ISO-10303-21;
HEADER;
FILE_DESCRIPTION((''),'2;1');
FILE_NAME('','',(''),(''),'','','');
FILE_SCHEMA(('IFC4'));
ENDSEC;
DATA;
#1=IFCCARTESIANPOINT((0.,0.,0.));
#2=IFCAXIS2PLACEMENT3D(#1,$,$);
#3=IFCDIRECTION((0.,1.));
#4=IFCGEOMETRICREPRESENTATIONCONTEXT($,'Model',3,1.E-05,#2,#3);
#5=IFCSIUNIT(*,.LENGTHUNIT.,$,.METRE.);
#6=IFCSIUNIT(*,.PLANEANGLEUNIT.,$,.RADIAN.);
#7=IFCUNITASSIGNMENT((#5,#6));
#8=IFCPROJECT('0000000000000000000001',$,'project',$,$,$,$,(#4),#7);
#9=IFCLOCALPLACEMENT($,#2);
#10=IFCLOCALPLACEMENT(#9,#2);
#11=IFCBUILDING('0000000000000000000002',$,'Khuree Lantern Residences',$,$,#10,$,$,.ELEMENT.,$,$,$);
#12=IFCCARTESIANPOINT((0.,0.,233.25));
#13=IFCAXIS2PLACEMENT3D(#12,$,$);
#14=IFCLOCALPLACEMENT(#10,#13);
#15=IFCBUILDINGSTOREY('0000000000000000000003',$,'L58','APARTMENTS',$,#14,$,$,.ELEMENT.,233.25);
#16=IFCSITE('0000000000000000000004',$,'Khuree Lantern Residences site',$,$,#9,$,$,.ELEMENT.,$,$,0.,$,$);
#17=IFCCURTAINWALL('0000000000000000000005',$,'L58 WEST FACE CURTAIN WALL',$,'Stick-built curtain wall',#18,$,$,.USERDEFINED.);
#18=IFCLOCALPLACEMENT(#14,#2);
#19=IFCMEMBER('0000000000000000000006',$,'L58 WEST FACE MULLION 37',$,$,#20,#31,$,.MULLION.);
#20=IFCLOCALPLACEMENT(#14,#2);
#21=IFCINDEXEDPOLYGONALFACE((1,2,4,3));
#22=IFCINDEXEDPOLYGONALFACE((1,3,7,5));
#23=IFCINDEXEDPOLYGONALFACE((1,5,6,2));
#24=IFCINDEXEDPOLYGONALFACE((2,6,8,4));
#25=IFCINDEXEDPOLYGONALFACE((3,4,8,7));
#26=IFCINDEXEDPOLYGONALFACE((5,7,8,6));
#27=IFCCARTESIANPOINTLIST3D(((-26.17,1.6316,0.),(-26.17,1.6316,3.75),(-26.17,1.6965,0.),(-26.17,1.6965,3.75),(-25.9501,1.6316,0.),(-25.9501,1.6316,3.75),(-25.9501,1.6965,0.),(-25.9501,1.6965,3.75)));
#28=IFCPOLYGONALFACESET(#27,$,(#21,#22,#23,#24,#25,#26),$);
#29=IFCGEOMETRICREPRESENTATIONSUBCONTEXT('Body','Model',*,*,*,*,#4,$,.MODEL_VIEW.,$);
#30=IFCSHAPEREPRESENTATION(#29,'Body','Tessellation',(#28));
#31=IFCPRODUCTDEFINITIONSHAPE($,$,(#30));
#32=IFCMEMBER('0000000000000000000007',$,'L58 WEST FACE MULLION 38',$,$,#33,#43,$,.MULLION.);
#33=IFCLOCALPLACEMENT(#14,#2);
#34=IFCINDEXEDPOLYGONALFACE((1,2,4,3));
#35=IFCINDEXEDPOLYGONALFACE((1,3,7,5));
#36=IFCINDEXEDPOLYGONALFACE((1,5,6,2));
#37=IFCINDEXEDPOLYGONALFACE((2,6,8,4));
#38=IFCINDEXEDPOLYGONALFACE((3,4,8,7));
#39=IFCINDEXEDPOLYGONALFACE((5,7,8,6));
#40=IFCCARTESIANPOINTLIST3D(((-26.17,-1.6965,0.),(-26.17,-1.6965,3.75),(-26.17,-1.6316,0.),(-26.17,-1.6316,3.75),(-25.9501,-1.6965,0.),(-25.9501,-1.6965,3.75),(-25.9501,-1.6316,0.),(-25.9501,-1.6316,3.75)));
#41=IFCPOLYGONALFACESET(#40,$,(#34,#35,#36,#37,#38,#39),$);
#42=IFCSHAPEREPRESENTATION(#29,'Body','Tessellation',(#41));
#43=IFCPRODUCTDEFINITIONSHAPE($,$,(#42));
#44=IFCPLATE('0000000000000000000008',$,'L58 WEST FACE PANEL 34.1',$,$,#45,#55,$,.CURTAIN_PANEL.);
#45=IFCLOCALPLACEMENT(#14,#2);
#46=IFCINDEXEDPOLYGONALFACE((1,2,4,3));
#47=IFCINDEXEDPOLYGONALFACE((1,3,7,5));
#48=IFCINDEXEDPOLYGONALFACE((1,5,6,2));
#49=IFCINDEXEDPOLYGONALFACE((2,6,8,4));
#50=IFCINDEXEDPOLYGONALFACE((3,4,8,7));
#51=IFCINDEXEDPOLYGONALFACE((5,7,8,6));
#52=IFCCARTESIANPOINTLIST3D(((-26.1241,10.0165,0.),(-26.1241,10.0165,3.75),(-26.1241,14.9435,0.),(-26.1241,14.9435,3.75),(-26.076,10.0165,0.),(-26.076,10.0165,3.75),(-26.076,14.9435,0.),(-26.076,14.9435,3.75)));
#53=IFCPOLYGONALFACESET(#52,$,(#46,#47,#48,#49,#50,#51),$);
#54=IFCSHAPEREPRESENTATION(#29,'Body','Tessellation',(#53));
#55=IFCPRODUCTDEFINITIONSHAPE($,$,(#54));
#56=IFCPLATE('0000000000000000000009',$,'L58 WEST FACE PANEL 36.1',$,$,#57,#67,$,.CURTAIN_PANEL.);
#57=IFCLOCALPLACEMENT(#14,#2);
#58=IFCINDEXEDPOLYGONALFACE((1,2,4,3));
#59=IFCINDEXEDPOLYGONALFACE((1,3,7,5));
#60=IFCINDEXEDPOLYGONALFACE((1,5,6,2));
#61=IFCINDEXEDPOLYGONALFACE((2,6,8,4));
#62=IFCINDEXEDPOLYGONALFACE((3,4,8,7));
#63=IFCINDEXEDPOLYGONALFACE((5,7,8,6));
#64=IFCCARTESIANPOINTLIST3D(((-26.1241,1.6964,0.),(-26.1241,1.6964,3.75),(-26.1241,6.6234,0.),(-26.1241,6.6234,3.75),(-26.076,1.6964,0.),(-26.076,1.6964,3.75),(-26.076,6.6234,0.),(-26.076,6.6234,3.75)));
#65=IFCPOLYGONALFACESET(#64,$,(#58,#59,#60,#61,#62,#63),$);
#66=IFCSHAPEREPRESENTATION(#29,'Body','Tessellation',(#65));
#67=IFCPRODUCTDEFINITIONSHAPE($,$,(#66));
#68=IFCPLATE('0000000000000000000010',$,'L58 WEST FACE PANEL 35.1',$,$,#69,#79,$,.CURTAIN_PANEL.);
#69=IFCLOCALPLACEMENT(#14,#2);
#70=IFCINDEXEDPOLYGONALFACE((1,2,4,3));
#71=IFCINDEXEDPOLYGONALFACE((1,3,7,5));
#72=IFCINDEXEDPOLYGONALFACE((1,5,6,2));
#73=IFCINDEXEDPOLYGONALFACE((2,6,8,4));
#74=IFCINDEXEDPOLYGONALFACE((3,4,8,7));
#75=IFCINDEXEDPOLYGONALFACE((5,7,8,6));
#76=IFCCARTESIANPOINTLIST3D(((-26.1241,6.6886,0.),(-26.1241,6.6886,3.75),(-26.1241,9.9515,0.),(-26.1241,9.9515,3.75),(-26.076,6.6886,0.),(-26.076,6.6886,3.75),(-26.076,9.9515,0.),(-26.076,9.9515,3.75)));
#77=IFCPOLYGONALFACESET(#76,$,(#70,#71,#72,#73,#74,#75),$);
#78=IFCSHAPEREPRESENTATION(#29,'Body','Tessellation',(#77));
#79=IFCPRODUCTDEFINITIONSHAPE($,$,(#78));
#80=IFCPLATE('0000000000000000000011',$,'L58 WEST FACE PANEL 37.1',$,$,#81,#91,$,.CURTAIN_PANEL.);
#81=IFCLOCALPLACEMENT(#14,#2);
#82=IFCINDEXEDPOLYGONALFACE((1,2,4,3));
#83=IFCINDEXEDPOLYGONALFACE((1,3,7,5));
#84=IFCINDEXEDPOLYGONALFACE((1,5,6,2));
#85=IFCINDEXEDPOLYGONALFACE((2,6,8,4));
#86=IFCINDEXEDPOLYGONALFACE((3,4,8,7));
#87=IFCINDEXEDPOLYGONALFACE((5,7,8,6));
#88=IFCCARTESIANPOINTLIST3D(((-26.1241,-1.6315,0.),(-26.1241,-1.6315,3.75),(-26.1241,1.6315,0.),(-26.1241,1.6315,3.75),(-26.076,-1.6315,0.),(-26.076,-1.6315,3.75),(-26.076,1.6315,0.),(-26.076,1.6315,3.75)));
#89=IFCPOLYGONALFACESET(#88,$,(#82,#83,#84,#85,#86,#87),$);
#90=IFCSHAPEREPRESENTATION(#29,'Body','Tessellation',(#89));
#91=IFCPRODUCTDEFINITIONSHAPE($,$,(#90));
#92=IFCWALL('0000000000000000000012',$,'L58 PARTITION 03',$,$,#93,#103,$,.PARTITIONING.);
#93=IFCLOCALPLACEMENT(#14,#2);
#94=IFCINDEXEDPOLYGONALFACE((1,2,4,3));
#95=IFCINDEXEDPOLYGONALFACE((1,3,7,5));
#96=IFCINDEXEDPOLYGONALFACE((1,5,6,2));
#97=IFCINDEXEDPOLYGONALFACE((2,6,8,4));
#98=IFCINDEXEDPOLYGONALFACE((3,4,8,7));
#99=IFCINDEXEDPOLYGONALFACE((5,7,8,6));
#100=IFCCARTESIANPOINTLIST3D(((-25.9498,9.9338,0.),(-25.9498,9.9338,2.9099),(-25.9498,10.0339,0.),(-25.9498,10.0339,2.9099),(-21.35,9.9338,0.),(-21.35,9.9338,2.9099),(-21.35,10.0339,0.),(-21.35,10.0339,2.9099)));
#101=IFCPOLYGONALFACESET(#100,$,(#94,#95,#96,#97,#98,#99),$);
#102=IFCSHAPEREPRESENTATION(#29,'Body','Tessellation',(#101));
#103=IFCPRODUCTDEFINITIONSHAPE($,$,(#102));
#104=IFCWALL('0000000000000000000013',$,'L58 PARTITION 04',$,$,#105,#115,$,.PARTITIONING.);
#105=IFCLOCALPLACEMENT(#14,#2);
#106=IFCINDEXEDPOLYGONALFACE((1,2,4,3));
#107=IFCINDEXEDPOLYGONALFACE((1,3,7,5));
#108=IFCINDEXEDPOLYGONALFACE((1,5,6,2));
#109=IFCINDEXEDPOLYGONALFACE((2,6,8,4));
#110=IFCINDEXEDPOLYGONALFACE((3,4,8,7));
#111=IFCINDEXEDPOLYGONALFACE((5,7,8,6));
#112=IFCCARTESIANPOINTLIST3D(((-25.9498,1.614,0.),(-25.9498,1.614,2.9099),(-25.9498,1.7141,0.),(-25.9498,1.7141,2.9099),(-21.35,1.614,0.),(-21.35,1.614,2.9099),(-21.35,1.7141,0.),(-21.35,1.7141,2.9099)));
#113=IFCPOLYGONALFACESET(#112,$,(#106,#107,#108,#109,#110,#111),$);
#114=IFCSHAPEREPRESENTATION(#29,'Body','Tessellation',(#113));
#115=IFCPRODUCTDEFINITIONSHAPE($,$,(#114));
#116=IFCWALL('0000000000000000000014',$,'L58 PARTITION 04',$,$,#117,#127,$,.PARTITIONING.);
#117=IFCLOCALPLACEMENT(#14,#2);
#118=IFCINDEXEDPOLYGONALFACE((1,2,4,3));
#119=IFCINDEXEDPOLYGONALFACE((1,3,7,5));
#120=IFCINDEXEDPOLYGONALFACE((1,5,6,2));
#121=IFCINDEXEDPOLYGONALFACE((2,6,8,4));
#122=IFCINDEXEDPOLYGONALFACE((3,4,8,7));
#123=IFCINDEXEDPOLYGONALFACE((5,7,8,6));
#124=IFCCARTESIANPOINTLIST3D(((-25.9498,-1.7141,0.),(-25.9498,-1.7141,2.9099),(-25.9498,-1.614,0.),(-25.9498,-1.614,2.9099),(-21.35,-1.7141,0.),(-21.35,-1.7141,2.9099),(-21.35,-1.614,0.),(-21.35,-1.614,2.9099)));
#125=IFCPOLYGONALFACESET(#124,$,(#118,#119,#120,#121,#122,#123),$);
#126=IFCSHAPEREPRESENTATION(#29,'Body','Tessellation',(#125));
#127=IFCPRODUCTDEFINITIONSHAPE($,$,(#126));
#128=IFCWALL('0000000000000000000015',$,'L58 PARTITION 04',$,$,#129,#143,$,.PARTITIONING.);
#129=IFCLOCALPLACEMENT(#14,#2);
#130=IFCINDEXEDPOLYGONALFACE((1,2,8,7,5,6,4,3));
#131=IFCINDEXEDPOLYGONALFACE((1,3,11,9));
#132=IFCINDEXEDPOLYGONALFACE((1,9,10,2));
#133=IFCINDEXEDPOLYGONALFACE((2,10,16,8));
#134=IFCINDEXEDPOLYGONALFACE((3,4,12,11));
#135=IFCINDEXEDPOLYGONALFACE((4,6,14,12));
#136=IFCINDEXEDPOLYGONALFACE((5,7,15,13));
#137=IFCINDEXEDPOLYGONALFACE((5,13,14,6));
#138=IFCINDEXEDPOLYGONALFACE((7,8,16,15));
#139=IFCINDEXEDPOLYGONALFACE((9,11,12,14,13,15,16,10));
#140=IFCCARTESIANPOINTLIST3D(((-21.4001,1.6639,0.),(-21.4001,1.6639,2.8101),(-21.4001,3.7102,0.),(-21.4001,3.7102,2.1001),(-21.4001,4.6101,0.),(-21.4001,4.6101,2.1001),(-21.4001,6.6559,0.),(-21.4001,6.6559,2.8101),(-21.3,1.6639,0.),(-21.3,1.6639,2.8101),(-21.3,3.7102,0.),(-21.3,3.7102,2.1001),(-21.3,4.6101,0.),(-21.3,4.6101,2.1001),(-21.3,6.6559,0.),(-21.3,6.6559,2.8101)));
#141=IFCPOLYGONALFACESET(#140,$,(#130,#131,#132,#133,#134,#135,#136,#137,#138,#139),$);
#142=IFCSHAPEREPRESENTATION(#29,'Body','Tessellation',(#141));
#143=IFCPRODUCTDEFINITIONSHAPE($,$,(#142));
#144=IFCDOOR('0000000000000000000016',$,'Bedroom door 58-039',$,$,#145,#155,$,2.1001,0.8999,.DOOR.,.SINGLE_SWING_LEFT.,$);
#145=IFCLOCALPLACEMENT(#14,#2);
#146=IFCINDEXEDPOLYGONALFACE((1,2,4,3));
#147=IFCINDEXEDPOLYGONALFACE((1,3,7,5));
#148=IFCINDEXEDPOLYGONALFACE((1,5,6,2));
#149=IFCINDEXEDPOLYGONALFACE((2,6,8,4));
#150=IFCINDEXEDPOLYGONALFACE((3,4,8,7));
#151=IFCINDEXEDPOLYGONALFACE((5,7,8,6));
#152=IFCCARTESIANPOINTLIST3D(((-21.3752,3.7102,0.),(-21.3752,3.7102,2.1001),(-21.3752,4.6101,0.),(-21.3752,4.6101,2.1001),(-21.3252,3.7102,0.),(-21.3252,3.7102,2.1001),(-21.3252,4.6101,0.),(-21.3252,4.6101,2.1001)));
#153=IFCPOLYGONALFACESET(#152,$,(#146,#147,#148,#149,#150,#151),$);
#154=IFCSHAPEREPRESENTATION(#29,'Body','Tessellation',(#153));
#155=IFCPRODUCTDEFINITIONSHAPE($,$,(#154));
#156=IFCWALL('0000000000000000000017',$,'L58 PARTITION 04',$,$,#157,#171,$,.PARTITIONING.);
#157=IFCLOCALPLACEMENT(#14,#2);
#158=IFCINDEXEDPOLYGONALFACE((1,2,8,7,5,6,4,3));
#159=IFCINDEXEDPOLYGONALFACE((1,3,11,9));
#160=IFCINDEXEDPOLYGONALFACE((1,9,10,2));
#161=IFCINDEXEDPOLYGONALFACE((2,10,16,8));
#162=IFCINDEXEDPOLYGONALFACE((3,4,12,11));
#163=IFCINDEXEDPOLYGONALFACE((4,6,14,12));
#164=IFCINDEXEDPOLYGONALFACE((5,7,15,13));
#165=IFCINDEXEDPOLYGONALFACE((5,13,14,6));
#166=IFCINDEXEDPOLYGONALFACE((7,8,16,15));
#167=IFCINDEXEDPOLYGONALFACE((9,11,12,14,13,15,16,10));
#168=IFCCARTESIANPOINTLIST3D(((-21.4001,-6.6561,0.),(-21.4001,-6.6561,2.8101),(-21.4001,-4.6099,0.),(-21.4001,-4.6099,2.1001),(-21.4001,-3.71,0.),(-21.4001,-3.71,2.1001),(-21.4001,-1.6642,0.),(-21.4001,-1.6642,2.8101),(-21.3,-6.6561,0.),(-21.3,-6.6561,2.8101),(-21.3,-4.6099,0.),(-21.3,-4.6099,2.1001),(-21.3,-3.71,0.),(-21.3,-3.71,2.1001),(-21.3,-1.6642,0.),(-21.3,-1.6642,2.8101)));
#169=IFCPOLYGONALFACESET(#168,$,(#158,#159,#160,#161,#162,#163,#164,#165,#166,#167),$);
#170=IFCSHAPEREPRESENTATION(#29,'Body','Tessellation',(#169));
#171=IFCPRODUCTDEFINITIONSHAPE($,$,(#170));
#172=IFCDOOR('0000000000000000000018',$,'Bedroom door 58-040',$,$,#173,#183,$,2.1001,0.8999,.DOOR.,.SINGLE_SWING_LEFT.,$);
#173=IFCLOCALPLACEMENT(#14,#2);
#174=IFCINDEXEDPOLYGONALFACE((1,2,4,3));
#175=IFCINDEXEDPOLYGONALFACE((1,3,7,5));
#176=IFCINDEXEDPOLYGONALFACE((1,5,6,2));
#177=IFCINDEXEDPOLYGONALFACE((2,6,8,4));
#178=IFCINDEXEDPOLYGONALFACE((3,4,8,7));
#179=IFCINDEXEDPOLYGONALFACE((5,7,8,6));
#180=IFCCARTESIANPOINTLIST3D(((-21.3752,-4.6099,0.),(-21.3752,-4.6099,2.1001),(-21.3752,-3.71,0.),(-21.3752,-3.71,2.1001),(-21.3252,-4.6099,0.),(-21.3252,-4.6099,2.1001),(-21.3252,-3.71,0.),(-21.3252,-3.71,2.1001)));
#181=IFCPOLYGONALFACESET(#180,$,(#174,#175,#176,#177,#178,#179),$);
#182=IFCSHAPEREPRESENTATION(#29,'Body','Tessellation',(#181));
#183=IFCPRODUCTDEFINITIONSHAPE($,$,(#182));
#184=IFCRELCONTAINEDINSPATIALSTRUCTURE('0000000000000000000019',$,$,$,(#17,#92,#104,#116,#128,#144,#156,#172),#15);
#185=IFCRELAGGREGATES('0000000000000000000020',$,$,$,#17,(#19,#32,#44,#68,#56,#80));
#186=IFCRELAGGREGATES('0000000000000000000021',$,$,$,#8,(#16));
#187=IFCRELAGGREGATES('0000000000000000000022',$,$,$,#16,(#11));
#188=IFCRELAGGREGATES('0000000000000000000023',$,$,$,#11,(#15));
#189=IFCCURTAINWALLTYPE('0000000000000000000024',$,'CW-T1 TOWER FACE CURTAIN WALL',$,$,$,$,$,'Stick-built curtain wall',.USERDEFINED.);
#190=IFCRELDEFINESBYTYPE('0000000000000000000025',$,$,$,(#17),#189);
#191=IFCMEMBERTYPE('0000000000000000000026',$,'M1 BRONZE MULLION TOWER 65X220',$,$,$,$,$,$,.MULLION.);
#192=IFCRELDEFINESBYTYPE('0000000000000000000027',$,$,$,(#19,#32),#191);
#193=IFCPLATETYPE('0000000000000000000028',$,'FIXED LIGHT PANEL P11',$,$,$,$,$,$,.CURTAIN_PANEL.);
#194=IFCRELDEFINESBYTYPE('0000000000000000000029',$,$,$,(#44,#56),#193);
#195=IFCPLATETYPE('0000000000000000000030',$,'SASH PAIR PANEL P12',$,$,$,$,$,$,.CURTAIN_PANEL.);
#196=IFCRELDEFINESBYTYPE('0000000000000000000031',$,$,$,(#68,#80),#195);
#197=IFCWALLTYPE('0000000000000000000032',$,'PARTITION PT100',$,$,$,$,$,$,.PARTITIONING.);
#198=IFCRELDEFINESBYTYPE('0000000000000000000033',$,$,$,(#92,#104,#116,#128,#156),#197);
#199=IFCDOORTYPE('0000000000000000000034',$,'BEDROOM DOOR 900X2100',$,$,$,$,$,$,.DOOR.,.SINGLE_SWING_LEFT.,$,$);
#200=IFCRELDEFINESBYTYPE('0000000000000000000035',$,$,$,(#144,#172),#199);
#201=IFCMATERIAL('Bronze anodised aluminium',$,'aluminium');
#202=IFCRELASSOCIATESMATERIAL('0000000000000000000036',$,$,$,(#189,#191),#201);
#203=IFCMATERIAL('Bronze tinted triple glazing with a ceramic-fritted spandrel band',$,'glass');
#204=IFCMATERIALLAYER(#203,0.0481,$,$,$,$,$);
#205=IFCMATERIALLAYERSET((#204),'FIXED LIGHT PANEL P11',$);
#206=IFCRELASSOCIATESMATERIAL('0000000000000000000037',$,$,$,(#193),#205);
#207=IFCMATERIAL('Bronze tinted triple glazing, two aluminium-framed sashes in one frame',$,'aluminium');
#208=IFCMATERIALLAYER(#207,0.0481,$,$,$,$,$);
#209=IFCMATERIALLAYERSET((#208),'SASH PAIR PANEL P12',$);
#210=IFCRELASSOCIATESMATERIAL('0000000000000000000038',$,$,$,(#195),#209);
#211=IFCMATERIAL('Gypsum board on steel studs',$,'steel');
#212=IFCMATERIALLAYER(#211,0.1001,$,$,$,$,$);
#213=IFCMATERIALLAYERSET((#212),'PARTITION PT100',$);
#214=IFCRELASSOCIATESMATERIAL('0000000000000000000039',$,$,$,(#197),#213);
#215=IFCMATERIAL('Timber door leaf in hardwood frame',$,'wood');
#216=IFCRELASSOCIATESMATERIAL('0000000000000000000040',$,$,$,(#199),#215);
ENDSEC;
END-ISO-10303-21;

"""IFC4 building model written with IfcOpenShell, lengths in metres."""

from ifc_helpers import new_model, si_unit, direction, frame, frame_2d, origin, origin_2d, place, context, subcontext, project, spatial, rectangle, extrude, material, layer, layer_set, material_profile, profile_set, type_object, element, fill, aggregate, save


model = new_model("IFC4")

# Units and contexts
model_context = context("Model", 3, precision=1e-05, world=origin(), true_north=direction((0.0, 1.0)))
body_context = subcontext(model_context, "Body", "Model", "MODEL_VIEW")
ifc_project = project(units=[si_unit("LENGTHUNIT", "METRE"), si_unit("PLANEANGLEUNIT", "RADIAN")], contexts=[model_context])

# Site, building, storey
site_placement = place(None, origin())
site = spatial("IfcSite", under=ifc_project, at=site_placement, Name="Khuree Lantern Residences site", CompositionType="ELEMENT", RefElevation=0.0)
building_placement = place(site_placement, origin())
building = spatial("IfcBuilding", under=site, at=building_placement, Name="Khuree Lantern Residences", CompositionType="ELEMENT")
storey_placement = place(building_placement, frame((0.0, 0.0, 233.25)))
storey = spatial("IfcBuildingStorey", under=building, at=storey_placement, Name="L58", Description="APARTMENTS", CompositionType="ELEMENT", Elevation=233.25)

# Curtain wall
ifc_material_1 = material(Name="Bronze anodised aluminium", Category="aluminium")
curtain_wall_type = type_object("IfcCurtainWallType", Name="CW-T1 TOWER FACE CURTAIN WALL", ElementType="Stick-built curtain wall", PredefinedType="USERDEFINED", material=ifc_material_1)
curtain_wall_placement = place(storey_placement, origin())
curtain_wall = element("IfcCurtainWall", 1, at=curtain_wall_placement, inside=storey, type_object=curtain_wall_type, Name="L58 WEST FACE CURTAIN WALL", ObjectType="Stick-built curtain wall", PredefinedType="USERDEFINED")

# Members
ifc_material_profile_1 = material_profile(ifc_material_1, rectangle(XDim=0.0649, YDim=0.22, at=origin_2d()), Name="M1 65X220")
ifc_profile_set_1 = profile_set([ifc_material_profile_1], Name="Bronze anodised aluminium")
member_type_1 = type_object("IfcMemberType", Name="M1 BRONZE MULLION TOWER 65X220", PredefinedType="MULLION", material=ifc_profile_set_1)
member_1_placement = place(storey_placement, frame((-26.0601, 1.6641, 0.0), z_axis=(0.0, 0.0, 1.0), x_axis=(0.0, -1.0, 0.0)))
member_1 = element("IfcMember", 2, at=member_1_placement, type_object=member_type_1, Name="L58 WEST FACE MULLION 37", PredefinedType="MULLION", context=body_context, shape_type="SweptSolid", body=[
    extrude(rectangle(XDim=0.0649, YDim=0.22, at=origin_2d()), origin(), (0.0, 0.0, 1.0), 3.75),
])
member_2_placement = place(storey_placement, frame((-26.0601, -1.6641, 0.0), z_axis=(0.0, 0.0, 1.0), x_axis=(0.0, -1.0, 0.0)))
member_2 = element("IfcMember", 3, at=member_2_placement, type_object=member_type_1, Name="L58 WEST FACE MULLION 38", PredefinedType="MULLION", context=body_context, shape_type="SweptSolid", body=[
    extrude(rectangle(XDim=0.0649, YDim=0.22, at=origin_2d()), origin(), (0.0, 0.0, 1.0), 3.75),
])

# Plates
ifc_material_2 = material(Name="Bronze tinted triple glazing with a ceramic-fritted spandrel band", Category="glass")
ifc_layer_1 = layer(ifc_material_2, 0.0481)
ifc_layer_set_1 = layer_set([ifc_layer_1], Name="FIXED LIGHT PANEL P11")
plate_type_1 = type_object("IfcPlateType", Name="FIXED LIGHT PANEL P11", PredefinedType="CURTAIN_PANEL", material=ifc_layer_set_1)
plate_1_placement = place(storey_placement, frame((-26.1001, 12.48, 0.0), z_axis=(0.0, 0.0, 1.0), x_axis=(0.0, -1.0, 0.0)))
plate_1 = element("IfcPlate", 4, at=plate_1_placement, type_object=plate_type_1, Name="L58 WEST FACE PANEL 34.1", PredefinedType="CURTAIN_PANEL", context=body_context, shape_type="SweptSolid", body=[
    extrude(rectangle(XDim=4.927, YDim=0.0481, at=origin_2d()), origin(), (0.0, 0.0, 1.0), 3.75),
])
plate_2_placement = place(storey_placement, frame((-26.1001, 4.1599, 0.0), z_axis=(0.0, 0.0, 1.0), x_axis=(0.0, -1.0, 0.0)))
plate_2 = element("IfcPlate", 5, at=plate_2_placement, type_object=plate_type_1, Name="L58 WEST FACE PANEL 36.1", PredefinedType="CURTAIN_PANEL", context=body_context, shape_type="SweptSolid", body=[
    extrude(rectangle(XDim=4.927, YDim=0.0481, at=origin_2d()), origin(), (0.0, 0.0, 1.0), 3.75),
])
ifc_material_3 = material(Name="Bronze tinted triple glazing, two aluminium-framed sashes in one frame", Category="aluminium")
ifc_layer_2 = layer(ifc_material_3, 0.0481)
ifc_layer_set_2 = layer_set([ifc_layer_2], Name="SASH PAIR PANEL P12")
plate_type_2 = type_object("IfcPlateType", Name="SASH PAIR PANEL P12", PredefinedType="CURTAIN_PANEL", material=ifc_layer_set_2)
plate_3_placement = place(storey_placement, frame((-26.1001, 8.3201, 0.0), z_axis=(0.0, 0.0, 1.0), x_axis=(0.0, -1.0, 0.0)))
plate_3 = element("IfcPlate", 6, at=plate_3_placement, type_object=plate_type_2, Name="L58 WEST FACE PANEL 35.1", PredefinedType="CURTAIN_PANEL", context=body_context, shape_type="SweptSolid", body=[
    extrude(rectangle(XDim=3.2629, YDim=0.0481, at=origin_2d()), origin(), (0.0, 0.0, 1.0), 3.75),
])
plate_4_placement = place(storey_placement, frame((-26.1001, 0.0, 0.0), z_axis=(0.0, 0.0, 1.0), x_axis=(0.0, -1.0, 0.0)))
plate_4 = element("IfcPlate", 7, at=plate_4_placement, type_object=plate_type_2, Name="L58 WEST FACE PANEL 37.1", PredefinedType="CURTAIN_PANEL", context=body_context, shape_type="SweptSolid", body=[
    extrude(rectangle(XDim=3.2629, YDim=0.0481, at=origin_2d()), origin(), (0.0, 0.0, 1.0), 3.75),
])
aggregate(curtain_wall, [member_1, member_2, plate_1, plate_3, plate_2, plate_4])

# Walls
ifc_material_4 = material(Name="Gypsum board on steel studs", Category="steel")
ifc_layer_3 = layer(ifc_material_4, 0.1001)
ifc_layer_set_3 = layer_set([ifc_layer_3], Name="PARTITION PT100")
wall_type = type_object("IfcWallType", Name="PARTITION PT100", PredefinedType="PARTITIONING", material=ifc_layer_set_3)
for number, where, z_axis, x_axis, name in (
    (8, (-21.3501, 9.9839, 0.0), (0.0, 0.0, 1.0), (-1.0, 0.0, 0.0), "L58 PARTITION 03"),
    (9, (-21.3501, 1.6641, 0.0), (0.0, 0.0, 1.0), (-1.0, 0.0, 0.0), "L58 PARTITION 04"),
    (10, (-21.3501, -1.6641, 0.0), (0.0, 0.0, 1.0), (-1.0, 0.0, 0.0), "L58 PARTITION 04"),
):
    element("IfcWall", number, at=place(storey_placement, frame(where, z_axis=z_axis, x_axis=x_axis)), inside=storey, type_object=wall_type, Name=name, PredefinedType="PARTITIONING", context=body_context, shape_type="SweptSolid", body=[
        extrude(rectangle(XDim=4.5999, YDim=0.1001, at=frame_2d((2.2998, 0.0))), origin(), (0.0, 0.0, 1.0), 2.9099),
    ])

# Walls, openings, doors
wall_1_placement = place(storey_placement, frame((-21.3501, 6.656, 0.0), z_axis=(0.0, 0.0, 1.0), x_axis=(0.0, -1.0, 0.0)))
wall_1 = element("IfcWall", 11, at=wall_1_placement, inside=storey, type_object=wall_type, Name="L58 PARTITION 04", PredefinedType="PARTITIONING", context=body_context, shape_type="SweptSolid", body=[
    extrude(rectangle(XDim=4.9919, YDim=0.1001, at=frame_2d((2.4961, 0.0))), origin(), (0.0, 0.0, 1.0), 2.8101),
])
opening_1_placement = place(wall_1_placement, frame((2.0459, 0.0, 0.0)))
opening_1 = element("IfcOpeningElement", 12, at=opening_1_placement, cuts=wall_1, PredefinedType="OPENING", context=body_context, shape_type="SweptSolid", body=[
    extrude(rectangle(XDim=0.8999, YDim=2.1001, at=frame_2d((0.45, 1.05))), frame((0.0, 0.0601, 0.0), z_axis=(0.0, -1.0, 0.0), x_axis=(1.0, 0.0, 0.0)), (0.0, 0.0, 1.0), 0.1201),
])
ifc_material_5 = material(Name="Timber door leaf in hardwood frame", Category="wood")
door_type = type_object("IfcDoorType", Name="BEDROOM DOOR 900X2100", OperationType="SINGLE_SWING_LEFT", PredefinedType="DOOR", material=ifc_material_5)
door_1_placement = place(opening_1_placement, origin())
door_1 = element("IfcDoor", 13, at=door_1_placement, inside=storey, type_object=door_type, Name="Bedroom door 58-039", OperationType="SINGLE_SWING_LEFT", OverallHeight=2.1001, OverallWidth=0.8999, PredefinedType="DOOR", context=body_context, shape_type="SweptSolid", body=[
    extrude(rectangle(XDim=0.8999, YDim=2.1001, at=frame_2d((0.45, 1.05))), frame((0.0, 0.0249, 0.0), z_axis=(0.0, -1.0, 0.0), x_axis=(1.0, 0.0, 0.0)), (0.0, 0.0, 1.0), 0.05),
])
fill(opening_1, door_1)
wall_2_placement = place(storey_placement, frame((-21.3501, -1.6641, 0.0), z_axis=(0.0, 0.0, 1.0), x_axis=(0.0, -1.0, 0.0)))
wall_2 = element("IfcWall", 14, at=wall_2_placement, inside=storey, type_object=wall_type, Name="L58 PARTITION 04", PredefinedType="PARTITIONING", context=body_context, shape_type="SweptSolid", body=[
    extrude(rectangle(XDim=4.9919, YDim=0.1001, at=frame_2d((2.4961, 0.0))), origin(), (0.0, 0.0, 1.0), 2.8101),
])
opening_2_placement = place(wall_2_placement, frame((2.0459, 0.0, 0.0)))
opening_2 = element("IfcOpeningElement", 15, at=opening_2_placement, cuts=wall_2, PredefinedType="OPENING", context=body_context, shape_type="SweptSolid", body=[
    extrude(rectangle(XDim=0.8999, YDim=2.1001, at=frame_2d((0.45, 1.05))), frame((0.0, 0.0601, 0.0), z_axis=(0.0, -1.0, 0.0), x_axis=(1.0, 0.0, 0.0)), (0.0, 0.0, 1.0), 0.1201),
])
door_2_placement = place(opening_2_placement, origin())
door_2 = element("IfcDoor", 16, at=door_2_placement, inside=storey, type_object=door_type, Name="Bedroom door 58-040", OperationType="SINGLE_SWING_LEFT", OverallHeight=2.1001, OverallWidth=0.8999, PredefinedType="DOOR", context=body_context, shape_type="SweptSolid", body=[
    extrude(rectangle(XDim=0.8999, YDim=2.1001, at=frame_2d((0.45, 1.05))), frame((0.0, 0.0249, 0.0), z_axis=(0.0, -1.0, 0.0), x_axis=(1.0, 0.0, 0.0)), (0.0, 0.0, 1.0), 0.05),
])
fill(opening_2, door_2)

save(model, "model.ifc")
